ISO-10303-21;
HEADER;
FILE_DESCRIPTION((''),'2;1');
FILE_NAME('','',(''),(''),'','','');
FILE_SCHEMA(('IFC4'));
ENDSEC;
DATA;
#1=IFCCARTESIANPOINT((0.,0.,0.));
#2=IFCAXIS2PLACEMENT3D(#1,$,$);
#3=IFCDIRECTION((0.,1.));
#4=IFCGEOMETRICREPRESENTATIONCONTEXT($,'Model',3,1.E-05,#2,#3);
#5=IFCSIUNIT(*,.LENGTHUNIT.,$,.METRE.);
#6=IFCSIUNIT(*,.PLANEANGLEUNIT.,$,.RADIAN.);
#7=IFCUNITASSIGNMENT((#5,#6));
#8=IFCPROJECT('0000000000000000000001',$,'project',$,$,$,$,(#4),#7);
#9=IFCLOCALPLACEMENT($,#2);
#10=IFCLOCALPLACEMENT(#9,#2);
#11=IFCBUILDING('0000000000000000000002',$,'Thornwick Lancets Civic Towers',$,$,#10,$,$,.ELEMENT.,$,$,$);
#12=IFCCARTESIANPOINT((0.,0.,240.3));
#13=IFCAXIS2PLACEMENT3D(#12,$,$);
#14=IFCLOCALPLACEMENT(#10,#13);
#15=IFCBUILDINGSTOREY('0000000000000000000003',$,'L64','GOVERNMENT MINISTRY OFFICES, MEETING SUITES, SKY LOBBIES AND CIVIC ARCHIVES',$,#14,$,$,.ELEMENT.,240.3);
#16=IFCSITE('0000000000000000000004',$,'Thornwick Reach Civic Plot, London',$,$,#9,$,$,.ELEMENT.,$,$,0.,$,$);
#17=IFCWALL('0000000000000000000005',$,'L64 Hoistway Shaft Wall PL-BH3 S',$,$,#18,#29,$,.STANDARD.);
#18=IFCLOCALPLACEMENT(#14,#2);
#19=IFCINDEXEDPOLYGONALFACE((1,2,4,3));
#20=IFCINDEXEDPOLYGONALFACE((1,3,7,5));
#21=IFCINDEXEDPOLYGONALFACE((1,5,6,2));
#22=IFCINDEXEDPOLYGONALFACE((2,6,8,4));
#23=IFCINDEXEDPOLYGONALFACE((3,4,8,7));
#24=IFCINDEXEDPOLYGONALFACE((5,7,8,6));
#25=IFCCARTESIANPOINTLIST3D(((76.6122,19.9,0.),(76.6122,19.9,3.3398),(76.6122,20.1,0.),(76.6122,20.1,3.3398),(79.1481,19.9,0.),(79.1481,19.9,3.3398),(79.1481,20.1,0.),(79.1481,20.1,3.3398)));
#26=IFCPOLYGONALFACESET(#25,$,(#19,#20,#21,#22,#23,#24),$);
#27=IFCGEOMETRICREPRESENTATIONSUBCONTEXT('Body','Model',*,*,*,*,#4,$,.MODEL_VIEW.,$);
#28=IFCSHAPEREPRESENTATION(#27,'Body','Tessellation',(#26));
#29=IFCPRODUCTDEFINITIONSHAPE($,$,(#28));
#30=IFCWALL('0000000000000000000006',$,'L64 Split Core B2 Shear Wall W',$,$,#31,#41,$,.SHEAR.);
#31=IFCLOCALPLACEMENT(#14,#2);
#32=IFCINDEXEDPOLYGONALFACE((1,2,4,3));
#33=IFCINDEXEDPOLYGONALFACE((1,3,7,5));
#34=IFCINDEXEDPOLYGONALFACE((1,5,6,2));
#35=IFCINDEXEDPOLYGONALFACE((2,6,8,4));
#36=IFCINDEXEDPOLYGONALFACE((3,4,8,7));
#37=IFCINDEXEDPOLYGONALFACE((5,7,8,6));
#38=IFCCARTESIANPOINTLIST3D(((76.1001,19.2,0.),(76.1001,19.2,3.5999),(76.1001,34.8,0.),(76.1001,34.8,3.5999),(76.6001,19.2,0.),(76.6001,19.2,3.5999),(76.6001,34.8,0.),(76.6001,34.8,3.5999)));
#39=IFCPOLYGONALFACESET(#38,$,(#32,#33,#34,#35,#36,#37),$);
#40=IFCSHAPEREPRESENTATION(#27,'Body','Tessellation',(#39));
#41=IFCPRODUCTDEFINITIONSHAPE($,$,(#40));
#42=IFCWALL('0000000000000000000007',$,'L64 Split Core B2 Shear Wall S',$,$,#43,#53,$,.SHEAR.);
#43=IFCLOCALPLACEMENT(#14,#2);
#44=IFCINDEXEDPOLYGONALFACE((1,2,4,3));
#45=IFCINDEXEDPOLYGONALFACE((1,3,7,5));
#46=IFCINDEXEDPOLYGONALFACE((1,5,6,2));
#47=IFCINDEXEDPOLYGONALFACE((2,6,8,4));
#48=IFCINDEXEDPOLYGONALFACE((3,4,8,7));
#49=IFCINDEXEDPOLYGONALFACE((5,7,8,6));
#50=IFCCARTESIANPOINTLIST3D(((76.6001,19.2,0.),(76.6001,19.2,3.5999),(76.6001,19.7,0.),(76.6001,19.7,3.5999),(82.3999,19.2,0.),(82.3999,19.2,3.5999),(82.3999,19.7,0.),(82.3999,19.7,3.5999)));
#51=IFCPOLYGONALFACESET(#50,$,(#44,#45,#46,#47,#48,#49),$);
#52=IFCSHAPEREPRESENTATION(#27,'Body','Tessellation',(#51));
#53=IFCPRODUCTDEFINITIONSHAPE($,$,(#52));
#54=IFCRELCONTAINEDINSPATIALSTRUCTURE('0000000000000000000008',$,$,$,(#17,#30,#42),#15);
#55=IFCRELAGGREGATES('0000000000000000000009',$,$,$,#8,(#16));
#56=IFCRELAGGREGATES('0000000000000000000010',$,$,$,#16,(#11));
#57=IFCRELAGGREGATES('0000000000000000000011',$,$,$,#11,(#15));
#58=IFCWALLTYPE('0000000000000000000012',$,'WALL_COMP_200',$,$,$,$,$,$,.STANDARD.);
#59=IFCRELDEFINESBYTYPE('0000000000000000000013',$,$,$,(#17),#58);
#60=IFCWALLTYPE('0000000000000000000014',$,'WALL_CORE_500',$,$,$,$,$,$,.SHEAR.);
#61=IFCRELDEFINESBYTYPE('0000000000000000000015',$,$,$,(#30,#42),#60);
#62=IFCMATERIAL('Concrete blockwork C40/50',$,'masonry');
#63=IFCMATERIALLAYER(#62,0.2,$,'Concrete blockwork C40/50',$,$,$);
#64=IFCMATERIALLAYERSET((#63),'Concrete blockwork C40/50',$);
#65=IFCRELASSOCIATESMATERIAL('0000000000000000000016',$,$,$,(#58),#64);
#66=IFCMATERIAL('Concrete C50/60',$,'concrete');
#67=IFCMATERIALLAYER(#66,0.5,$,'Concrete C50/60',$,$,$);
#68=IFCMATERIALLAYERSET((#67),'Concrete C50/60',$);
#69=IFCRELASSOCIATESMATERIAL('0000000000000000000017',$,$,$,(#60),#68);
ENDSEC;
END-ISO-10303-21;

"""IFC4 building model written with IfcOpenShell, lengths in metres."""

from ifc_helpers import new_model, si_unit, direction, frame, frame_2d, origin, place, context, subcontext, project, spatial, rectangle, extrude, material, layer, layer_set, type_object, element, save


model = new_model("IFC4")

# Units and contexts
model_context = context("Model", 3, precision=1e-05, world=origin(), true_north=direction((0.0, 1.0)))
body_context = subcontext(model_context, "Body", "Model", "MODEL_VIEW")
ifc_project = project(units=[si_unit("LENGTHUNIT", "METRE"), si_unit("PLANEANGLEUNIT", "RADIAN")], contexts=[model_context])

# Site, building, storey
site_placement = place(None, origin())
site = spatial("IfcSite", under=ifc_project, at=site_placement, Name="Thornwick Reach Civic Plot, London", CompositionType="ELEMENT", RefElevation=0.0)
building_placement = place(site_placement, origin())
building = spatial("IfcBuilding", under=site, at=building_placement, Name="Thornwick Lancets Civic Towers", CompositionType="ELEMENT")
storey_placement = place(building_placement, frame((0.0, 0.0, 240.3)))
storey = spatial("IfcBuildingStorey", under=building, at=storey_placement, Name="L64", Description="GOVERNMENT MINISTRY OFFICES, MEETING SUITES, SKY LOBBIES AND CIVIC ARCHIVES", CompositionType="ELEMENT", Elevation=240.3)

# Shared definitions
ifc_material_1 = material(Name="Concrete C50/60", Category="concrete")

# Walls
ifc_material_2 = material(Name="Concrete blockwork C40/50", Category="masonry")
ifc_layer_1 = layer(ifc_material_2, 0.2, Name="Concrete blockwork C40/50")
ifc_layer_set_1 = layer_set([ifc_layer_1], Name="Concrete blockwork C40/50")
wall_type_1 = type_object("IfcWallType", Name="WALL_COMP_200", PredefinedType="STANDARD", material=ifc_layer_set_1)
for number, where, z_axis, x_axis, name in (
    (1, (76.6121, 20.0, 0.0), (0.0, 0.0, 1.0), (1.0, 0.0, 0.0), "L64 Hoistway Shaft Wall PL-BH3 S"),
):
    element("IfcWall", number, at=place(storey_placement, frame(where, z_axis=z_axis, x_axis=x_axis)), inside=storey, type_object=wall_type_1, Name=name, PredefinedType="STANDARD", context=body_context, shape_type="SweptSolid", body=[
        extrude(rectangle(XDim=2.5359, YDim=0.2, at=frame_2d((1.2681, 0.0))), origin(), (0.0, 0.0, 1.0), 3.3398),
    ])
ifc_layer_2 = layer(ifc_material_1, 0.5, Name="Concrete C50/60")
ifc_layer_set_2 = layer_set([ifc_layer_2], Name="Concrete C50/60")
wall_type_2 = type_object("IfcWallType", Name="WALL_CORE_500", PredefinedType="SHEAR", material=ifc_layer_set_2)
wall_1_placement = place(storey_placement, frame((76.3501, 19.2, 0.0), z_axis=(0.0, 0.0, 1.0), x_axis=(0.0, 1.0, 0.0)))
element("IfcWall", 2, at=wall_1_placement, inside=storey, type_object=wall_type_2, Name="L64 Split Core B2 Shear Wall W", PredefinedType="SHEAR", context=body_context, shape_type="SweptSolid", body=[
    extrude(rectangle(XDim=15.6001, YDim=0.5, at=frame_2d((7.8, 0.0))), origin(), (0.0, 0.0, 1.0), 3.5999),
])
wall_2_placement = place(storey_placement, frame((76.6001, 19.45, 0.0), z_axis=(0.0, 0.0, 1.0), x_axis=(1.0, 0.0, 0.0)))
element("IfcWall", 3, at=wall_2_placement, inside=storey, type_object=wall_type_2, Name="L64 Split Core B2 Shear Wall S", PredefinedType="SHEAR", context=body_context, shape_type="SweptSolid", body=[
    extrude(rectangle(XDim=5.7998, YDim=0.5, at=frame_2d((2.8999, 0.0))), origin(), (0.0, 0.0, 1.0), 3.5999),
])

save(model, "model.ifc")
